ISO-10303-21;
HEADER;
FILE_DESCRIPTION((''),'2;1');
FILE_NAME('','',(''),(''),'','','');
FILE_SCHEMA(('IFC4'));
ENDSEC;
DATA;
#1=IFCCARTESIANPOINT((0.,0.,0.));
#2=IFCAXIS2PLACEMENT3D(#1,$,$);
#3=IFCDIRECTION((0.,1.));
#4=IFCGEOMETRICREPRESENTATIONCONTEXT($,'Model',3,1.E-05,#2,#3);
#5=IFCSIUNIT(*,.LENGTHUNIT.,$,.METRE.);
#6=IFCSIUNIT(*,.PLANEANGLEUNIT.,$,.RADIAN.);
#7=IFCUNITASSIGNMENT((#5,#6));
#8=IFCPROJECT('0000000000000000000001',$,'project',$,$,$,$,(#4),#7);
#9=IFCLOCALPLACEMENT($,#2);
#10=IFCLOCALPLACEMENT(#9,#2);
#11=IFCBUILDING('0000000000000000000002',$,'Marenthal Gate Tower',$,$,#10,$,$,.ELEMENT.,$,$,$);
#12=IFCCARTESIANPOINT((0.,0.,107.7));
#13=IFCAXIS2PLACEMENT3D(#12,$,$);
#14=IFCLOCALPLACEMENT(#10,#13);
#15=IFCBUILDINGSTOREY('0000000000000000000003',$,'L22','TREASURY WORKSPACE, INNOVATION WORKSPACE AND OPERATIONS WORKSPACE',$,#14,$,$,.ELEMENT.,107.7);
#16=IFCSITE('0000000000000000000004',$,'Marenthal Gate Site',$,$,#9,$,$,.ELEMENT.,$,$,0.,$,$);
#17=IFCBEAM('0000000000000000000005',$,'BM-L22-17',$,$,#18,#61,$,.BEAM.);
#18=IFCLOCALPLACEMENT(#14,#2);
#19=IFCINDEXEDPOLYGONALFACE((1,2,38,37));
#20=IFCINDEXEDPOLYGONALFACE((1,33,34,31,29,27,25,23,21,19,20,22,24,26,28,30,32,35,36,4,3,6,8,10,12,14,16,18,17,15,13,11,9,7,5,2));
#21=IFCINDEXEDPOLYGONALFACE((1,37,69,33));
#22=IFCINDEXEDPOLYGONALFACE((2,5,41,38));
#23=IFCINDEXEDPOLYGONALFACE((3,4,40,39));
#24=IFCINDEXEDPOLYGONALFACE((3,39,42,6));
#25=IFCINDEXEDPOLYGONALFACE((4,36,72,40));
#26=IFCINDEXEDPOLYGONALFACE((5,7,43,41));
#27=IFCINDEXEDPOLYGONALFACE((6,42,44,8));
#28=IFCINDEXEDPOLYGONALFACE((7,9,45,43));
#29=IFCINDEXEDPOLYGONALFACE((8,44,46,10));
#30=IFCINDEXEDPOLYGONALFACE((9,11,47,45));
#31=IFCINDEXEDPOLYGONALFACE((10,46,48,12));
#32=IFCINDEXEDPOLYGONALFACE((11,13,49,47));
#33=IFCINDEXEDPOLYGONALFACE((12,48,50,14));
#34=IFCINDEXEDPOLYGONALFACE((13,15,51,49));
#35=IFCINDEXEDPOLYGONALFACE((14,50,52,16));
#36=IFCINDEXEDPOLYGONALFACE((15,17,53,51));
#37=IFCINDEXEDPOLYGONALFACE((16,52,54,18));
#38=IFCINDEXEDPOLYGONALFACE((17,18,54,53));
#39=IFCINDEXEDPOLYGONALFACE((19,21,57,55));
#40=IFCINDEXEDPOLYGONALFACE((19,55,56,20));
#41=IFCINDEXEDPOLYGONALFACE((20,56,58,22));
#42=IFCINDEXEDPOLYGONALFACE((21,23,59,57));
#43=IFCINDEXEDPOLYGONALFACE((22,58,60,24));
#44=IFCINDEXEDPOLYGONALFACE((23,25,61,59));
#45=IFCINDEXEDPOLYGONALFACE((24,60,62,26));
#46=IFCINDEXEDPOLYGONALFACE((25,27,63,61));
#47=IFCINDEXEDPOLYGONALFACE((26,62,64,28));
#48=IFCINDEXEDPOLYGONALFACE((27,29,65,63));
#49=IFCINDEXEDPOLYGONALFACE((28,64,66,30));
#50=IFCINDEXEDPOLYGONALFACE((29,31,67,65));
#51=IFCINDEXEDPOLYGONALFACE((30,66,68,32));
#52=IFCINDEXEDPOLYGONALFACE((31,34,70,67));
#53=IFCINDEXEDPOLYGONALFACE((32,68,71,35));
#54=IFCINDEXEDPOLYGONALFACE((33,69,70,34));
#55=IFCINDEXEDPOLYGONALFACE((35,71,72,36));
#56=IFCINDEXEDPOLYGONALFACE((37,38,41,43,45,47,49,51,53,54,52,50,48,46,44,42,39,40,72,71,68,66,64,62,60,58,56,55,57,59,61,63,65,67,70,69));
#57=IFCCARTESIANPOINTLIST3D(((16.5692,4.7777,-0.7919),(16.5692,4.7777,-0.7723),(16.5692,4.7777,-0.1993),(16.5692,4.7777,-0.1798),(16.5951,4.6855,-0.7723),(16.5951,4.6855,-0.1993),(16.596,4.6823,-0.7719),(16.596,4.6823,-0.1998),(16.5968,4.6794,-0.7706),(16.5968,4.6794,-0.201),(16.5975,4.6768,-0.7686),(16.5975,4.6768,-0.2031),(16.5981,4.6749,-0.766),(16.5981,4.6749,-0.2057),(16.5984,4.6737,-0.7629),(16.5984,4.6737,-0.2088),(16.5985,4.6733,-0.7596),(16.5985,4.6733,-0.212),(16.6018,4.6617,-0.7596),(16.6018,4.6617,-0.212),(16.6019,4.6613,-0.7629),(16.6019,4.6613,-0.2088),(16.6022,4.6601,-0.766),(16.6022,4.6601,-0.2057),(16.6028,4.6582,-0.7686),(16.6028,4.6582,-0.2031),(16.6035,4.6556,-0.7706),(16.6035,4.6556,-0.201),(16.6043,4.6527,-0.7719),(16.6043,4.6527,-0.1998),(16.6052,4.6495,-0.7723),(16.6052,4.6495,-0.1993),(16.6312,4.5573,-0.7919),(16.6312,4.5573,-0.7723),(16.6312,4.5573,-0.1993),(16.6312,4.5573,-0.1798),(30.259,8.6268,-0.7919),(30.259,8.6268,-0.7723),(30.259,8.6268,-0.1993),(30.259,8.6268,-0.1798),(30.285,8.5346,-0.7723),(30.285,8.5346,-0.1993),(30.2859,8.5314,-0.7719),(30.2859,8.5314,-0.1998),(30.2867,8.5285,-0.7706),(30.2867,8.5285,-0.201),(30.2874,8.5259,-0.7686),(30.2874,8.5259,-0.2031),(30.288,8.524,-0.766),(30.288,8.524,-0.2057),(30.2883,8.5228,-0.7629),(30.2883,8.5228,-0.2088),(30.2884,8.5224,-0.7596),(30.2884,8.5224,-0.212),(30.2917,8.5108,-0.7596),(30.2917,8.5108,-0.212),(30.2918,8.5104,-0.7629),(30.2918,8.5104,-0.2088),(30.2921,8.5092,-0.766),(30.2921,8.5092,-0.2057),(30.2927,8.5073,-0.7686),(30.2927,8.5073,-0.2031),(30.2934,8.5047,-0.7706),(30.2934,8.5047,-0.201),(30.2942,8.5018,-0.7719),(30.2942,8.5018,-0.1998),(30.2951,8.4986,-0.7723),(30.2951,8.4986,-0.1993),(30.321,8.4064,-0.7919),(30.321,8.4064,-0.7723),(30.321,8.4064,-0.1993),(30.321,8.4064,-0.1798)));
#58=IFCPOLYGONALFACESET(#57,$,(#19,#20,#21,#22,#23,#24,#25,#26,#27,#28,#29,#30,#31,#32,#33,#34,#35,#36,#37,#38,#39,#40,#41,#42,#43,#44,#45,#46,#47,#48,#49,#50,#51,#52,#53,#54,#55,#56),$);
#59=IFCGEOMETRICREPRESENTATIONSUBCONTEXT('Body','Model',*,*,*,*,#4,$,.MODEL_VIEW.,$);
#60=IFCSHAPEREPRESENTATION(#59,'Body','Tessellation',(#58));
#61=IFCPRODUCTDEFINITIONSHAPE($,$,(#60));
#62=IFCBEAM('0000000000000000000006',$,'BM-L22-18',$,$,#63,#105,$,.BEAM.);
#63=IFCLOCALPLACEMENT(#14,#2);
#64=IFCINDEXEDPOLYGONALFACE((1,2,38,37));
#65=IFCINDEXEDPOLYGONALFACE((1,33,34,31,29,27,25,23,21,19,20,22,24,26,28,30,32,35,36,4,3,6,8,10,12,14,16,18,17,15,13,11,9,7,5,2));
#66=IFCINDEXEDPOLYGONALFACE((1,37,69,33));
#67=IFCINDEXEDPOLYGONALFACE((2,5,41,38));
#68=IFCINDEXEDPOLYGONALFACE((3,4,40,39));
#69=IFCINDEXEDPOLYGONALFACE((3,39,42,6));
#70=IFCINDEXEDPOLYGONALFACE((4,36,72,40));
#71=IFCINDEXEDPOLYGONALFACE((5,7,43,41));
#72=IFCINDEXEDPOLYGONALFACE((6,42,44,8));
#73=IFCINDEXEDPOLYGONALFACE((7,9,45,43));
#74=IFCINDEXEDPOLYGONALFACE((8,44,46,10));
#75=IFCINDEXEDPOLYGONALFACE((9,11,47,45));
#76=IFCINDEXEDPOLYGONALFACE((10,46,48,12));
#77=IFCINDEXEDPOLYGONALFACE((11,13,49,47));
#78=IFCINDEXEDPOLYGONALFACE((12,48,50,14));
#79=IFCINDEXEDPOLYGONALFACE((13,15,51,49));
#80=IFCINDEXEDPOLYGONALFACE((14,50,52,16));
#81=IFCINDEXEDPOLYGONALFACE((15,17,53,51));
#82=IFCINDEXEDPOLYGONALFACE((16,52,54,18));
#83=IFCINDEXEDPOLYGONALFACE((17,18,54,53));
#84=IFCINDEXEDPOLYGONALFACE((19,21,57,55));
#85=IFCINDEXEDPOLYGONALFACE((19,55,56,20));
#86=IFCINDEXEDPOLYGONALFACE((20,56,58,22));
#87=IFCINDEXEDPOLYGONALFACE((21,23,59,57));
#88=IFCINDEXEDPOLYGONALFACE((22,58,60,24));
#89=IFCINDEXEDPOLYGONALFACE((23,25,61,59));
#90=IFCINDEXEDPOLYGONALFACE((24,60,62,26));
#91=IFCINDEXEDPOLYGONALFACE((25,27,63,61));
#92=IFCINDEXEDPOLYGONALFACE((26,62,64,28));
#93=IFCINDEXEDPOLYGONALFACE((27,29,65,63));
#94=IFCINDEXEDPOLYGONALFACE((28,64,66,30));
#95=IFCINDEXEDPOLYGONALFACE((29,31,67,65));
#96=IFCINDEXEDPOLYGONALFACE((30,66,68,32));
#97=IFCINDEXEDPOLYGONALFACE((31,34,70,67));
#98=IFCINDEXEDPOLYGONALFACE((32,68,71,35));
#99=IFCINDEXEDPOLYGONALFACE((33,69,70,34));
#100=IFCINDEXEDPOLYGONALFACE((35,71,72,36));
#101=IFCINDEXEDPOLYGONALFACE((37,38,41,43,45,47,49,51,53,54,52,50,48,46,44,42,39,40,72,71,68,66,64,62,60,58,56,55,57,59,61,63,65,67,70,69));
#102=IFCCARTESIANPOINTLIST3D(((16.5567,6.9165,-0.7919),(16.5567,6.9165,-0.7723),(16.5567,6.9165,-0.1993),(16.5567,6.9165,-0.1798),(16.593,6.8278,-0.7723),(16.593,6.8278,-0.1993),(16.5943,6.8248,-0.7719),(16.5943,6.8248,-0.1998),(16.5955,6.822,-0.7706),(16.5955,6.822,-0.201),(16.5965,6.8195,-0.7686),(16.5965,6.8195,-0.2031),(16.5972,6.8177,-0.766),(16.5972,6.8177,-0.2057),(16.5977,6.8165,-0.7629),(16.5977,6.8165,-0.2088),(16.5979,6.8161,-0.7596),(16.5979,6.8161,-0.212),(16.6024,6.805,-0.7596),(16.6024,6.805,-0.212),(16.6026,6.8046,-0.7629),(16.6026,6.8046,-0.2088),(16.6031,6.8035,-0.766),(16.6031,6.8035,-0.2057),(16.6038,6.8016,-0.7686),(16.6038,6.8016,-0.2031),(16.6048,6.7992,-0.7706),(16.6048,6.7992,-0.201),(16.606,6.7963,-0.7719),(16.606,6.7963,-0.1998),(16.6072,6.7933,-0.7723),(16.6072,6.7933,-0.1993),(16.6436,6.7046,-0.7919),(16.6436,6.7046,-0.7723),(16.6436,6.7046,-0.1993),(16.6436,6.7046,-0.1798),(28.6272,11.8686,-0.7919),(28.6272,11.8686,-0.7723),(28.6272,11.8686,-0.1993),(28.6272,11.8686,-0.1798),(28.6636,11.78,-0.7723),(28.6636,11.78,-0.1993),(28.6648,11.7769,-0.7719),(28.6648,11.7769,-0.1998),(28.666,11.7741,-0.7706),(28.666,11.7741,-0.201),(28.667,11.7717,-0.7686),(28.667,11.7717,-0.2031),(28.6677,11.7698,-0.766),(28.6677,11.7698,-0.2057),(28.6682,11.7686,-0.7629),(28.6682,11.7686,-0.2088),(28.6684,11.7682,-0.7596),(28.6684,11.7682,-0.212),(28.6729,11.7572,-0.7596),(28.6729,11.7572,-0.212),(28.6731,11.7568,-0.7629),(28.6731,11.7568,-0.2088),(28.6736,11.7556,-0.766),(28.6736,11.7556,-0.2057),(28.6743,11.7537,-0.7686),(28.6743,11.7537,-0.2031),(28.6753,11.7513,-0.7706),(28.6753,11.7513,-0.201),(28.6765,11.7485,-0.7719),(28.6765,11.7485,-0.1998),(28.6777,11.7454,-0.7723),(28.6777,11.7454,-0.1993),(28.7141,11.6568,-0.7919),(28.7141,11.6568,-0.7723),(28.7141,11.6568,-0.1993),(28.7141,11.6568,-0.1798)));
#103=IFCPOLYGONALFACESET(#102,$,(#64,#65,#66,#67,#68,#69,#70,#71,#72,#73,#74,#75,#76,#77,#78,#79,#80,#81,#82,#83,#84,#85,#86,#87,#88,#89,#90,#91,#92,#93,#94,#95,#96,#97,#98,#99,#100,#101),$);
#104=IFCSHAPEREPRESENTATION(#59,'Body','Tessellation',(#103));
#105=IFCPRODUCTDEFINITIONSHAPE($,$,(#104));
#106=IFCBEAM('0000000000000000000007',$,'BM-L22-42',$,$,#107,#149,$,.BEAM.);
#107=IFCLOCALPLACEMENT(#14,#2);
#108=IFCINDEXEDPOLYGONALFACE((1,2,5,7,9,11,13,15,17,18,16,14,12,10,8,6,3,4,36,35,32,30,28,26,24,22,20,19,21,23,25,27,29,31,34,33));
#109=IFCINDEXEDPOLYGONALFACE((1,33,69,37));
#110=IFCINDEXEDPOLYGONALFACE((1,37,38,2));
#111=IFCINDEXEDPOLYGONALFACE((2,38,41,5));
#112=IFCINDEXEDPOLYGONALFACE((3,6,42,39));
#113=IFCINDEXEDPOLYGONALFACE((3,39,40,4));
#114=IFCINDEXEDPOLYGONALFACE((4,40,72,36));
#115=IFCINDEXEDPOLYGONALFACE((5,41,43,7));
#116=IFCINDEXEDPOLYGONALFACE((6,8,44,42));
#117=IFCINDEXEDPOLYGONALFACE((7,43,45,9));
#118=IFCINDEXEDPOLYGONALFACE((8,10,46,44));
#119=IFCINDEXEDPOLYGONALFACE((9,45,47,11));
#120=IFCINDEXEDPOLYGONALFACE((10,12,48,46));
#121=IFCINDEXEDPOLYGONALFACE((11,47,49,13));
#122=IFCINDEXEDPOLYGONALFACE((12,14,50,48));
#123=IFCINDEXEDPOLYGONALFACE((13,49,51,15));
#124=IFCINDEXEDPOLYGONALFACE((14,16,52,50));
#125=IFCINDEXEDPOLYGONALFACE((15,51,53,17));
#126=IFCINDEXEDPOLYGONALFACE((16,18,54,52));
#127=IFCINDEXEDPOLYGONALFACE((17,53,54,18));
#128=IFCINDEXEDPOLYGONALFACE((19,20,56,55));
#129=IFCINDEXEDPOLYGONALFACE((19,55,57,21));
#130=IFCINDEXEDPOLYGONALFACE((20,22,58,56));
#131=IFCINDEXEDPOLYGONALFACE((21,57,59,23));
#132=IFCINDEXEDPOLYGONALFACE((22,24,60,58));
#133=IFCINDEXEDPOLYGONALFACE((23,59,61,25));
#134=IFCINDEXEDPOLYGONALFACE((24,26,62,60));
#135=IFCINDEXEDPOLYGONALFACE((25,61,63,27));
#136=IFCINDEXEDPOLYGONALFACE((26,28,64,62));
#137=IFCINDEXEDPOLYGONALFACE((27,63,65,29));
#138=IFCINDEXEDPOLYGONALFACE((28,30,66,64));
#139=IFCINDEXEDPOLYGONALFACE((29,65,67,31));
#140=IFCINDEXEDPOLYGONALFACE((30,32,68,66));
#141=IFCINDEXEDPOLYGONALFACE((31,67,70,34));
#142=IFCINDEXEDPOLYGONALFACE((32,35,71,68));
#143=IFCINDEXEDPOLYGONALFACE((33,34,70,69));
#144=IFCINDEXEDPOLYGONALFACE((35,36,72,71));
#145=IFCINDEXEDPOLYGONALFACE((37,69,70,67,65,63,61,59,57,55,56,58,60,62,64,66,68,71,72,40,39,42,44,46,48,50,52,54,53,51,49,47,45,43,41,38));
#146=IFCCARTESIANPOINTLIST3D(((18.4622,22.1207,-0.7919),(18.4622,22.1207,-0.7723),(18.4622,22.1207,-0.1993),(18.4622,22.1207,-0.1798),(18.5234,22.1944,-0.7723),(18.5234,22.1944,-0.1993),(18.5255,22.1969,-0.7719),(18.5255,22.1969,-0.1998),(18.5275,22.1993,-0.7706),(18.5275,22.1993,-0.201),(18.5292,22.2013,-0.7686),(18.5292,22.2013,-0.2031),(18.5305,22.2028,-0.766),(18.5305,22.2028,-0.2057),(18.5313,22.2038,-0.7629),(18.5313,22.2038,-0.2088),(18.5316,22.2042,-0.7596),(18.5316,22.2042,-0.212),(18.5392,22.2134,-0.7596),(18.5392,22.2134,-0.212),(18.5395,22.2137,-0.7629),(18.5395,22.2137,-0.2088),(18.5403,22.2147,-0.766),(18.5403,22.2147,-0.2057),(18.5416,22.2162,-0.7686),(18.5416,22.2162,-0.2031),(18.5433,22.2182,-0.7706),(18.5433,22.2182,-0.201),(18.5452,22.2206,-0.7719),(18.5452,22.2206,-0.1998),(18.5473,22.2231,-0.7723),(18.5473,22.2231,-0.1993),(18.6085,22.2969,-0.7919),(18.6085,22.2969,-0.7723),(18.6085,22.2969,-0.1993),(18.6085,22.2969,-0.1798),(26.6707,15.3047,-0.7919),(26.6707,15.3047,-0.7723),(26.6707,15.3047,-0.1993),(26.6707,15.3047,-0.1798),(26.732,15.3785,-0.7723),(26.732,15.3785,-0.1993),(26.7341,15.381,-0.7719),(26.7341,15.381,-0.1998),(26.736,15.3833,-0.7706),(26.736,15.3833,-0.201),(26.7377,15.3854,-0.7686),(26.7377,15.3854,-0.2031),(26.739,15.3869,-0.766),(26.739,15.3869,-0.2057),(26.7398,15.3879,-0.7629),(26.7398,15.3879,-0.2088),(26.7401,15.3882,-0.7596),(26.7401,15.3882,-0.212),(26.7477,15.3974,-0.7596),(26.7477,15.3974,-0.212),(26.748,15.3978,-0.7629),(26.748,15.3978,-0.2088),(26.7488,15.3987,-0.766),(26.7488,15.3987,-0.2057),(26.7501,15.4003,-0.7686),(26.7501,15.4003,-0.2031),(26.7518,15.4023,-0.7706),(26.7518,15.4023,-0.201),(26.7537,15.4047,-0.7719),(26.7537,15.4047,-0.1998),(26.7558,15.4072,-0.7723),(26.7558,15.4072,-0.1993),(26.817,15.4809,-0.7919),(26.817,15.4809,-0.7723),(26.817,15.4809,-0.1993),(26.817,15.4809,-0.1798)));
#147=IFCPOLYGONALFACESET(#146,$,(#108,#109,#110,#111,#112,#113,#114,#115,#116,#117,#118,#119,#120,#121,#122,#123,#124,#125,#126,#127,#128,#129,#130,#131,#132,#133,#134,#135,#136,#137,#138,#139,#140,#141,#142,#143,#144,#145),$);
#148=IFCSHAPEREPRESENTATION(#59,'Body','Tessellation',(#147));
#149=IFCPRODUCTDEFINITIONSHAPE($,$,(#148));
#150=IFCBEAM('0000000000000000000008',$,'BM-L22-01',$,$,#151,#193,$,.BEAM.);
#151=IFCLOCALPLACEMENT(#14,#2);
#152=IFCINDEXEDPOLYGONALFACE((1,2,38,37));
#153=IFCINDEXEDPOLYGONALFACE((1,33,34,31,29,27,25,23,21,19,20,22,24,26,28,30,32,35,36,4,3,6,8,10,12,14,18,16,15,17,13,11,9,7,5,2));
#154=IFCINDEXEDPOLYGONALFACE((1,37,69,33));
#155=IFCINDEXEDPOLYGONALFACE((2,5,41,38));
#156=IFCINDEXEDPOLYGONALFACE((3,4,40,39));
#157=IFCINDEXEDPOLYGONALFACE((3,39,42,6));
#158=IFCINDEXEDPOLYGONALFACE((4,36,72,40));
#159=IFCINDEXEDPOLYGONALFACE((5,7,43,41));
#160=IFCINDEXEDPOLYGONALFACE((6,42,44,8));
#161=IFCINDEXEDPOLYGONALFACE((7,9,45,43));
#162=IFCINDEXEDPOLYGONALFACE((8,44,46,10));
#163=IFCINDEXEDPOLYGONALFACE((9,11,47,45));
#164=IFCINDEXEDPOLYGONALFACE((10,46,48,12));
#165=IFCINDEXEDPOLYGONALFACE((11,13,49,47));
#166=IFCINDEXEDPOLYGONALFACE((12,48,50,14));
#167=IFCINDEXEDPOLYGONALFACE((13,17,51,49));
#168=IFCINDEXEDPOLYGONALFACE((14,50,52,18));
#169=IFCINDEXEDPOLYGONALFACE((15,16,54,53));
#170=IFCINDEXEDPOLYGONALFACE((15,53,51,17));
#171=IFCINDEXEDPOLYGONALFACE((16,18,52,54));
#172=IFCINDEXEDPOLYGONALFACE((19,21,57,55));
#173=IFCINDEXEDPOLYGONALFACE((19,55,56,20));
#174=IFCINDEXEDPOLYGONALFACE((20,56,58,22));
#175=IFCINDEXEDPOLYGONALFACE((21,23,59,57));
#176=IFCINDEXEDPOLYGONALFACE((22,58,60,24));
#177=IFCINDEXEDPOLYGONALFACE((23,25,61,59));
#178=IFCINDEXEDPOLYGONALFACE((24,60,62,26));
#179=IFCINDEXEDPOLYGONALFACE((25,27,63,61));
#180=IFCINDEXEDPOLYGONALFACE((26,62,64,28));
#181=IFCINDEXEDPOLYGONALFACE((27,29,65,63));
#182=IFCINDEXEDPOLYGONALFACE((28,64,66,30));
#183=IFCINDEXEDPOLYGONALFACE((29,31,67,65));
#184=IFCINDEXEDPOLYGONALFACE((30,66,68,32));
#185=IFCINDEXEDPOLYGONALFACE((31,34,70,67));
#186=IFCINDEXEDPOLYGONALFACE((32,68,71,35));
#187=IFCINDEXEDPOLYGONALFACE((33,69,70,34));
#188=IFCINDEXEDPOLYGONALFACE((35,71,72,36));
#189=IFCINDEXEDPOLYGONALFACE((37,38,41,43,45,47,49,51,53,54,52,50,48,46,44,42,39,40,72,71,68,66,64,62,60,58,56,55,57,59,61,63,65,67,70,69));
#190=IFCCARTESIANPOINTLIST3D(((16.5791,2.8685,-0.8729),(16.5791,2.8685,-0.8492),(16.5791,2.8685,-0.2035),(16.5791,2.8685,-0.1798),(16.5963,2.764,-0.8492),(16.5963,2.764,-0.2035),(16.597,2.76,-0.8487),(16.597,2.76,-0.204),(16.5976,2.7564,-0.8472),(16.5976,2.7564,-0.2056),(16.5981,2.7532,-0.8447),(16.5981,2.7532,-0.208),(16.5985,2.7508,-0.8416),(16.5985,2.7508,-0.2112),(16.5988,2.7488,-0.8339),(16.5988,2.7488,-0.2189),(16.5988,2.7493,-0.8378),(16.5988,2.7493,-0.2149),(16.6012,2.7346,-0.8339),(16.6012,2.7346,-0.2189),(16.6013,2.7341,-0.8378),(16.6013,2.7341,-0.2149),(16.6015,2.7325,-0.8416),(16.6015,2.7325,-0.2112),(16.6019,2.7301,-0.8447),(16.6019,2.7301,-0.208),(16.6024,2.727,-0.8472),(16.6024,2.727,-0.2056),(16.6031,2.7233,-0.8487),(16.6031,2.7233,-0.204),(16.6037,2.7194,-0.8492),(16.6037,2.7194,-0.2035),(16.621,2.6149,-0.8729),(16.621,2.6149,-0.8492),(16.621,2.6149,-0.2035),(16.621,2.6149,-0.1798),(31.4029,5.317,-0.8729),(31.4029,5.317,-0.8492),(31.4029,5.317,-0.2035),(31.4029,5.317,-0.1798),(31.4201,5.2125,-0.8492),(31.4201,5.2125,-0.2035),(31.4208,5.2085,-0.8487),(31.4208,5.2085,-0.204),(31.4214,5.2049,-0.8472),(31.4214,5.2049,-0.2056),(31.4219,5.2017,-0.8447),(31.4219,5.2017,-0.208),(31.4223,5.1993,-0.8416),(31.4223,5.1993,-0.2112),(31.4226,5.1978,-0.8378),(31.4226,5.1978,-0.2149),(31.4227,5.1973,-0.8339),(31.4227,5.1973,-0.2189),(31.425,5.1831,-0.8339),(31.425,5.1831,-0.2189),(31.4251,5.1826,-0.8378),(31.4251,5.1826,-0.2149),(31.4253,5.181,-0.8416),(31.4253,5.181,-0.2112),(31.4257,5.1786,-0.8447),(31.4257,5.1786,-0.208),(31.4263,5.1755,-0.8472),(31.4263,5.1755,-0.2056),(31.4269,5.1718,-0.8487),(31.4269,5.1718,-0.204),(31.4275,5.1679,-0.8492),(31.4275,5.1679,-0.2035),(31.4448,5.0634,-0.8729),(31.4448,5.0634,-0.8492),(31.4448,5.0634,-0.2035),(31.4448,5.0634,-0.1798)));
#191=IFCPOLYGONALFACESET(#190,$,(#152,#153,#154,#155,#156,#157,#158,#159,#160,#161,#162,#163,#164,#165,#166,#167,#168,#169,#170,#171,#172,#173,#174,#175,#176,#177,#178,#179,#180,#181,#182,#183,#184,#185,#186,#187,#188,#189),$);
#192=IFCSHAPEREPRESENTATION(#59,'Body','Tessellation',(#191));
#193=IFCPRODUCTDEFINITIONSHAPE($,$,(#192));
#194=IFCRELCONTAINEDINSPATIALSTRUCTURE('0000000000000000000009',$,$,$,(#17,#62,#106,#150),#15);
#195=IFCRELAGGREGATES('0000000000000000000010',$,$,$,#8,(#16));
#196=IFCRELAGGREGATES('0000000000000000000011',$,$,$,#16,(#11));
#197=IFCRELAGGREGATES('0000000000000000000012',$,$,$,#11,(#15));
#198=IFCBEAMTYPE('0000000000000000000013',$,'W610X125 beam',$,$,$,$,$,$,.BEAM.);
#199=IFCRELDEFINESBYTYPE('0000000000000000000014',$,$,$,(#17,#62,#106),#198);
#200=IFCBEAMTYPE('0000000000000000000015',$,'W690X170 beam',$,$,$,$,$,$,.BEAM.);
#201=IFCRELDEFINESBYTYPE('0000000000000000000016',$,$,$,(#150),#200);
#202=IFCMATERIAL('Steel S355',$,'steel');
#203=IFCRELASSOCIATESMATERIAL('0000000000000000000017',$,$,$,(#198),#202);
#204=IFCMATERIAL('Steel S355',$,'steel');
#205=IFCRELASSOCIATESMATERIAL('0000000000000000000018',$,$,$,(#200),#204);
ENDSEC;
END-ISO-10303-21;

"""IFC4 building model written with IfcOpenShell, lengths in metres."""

from ifc_helpers import new_model, si_unit, direction, frame, origin, origin_2d, place, context, subcontext, project, spatial, i_section, extrude, material, material_profile, profile_set, type_object, element, save


model = new_model("IFC4")

# Units and contexts
model_context = context("Model", 3, precision=1e-05, world=origin(), true_north=direction((0.0, 1.0)))
body_context = subcontext(model_context, "Body", "Model", "MODEL_VIEW")
ifc_project = project(units=[si_unit("LENGTHUNIT", "METRE"), si_unit("PLANEANGLEUNIT", "RADIAN")], contexts=[model_context])

# Site, building, storey
site_placement = place(None, origin())
site = spatial("IfcSite", under=ifc_project, at=site_placement, Name="Marenthal Gate Site", CompositionType="ELEMENT", RefElevation=0.0)
building_placement = place(site_placement, origin())
building = spatial("IfcBuilding", under=site, at=building_placement, Name="Marenthal Gate Tower", CompositionType="ELEMENT")
storey_placement = place(building_placement, frame((0.0, 0.0, 107.7)))
storey = spatial("IfcBuildingStorey", under=building, at=storey_placement, Name="L22", Description="TREASURY WORKSPACE, INNOVATION WORKSPACE AND OPERATIONS WORKSPACE", CompositionType="ELEMENT", Elevation=107.7)

# Beams
ifc_material_1 = material(Name="Steel S355", Category="steel")
ifc_material_profile_1 = material_profile(ifc_material_1, i_section(OverallWidth=0.229, OverallDepth=0.6121, WebThickness=0.012, FlangeThickness=0.0195, FilletRadius=0.0127, at=origin_2d()), Name="W610X125")
ifc_profile_set_1 = profile_set([ifc_material_profile_1], Name="Steel S355")
beam_type_1 = type_object("IfcBeamType", Name="W610X125 beam", PredefinedType="BEAM", material=ifc_profile_set_1)
beam_1_placement = place(storey_placement, frame((30.29, 8.5166, -0.4858), z_axis=(-0.962672, -0.270669, 0.0), x_axis=(0.270669, -0.962672, 0.0)))
element("IfcBeam", 1, at=beam_1_placement, inside=storey, type_object=beam_type_1, Name="BM-L22-17", PredefinedType="BEAM", context=body_context, shape_type="SweptSolid", body=[
    extrude(i_section(OverallWidth=0.229, OverallDepth=0.6121, WebThickness=0.012, FlangeThickness=0.0195, FilletRadius=0.0127, at=origin_2d()), origin(), (0.0, 0.0, 1.0), 14.2207),
])
beam_2_placement = place(storey_placement, frame((28.6707, 11.7627, -0.4858), z_axis=(-0.925165, -0.379565, 0.0), x_axis=(0.379565, -0.925165, 0.0)))
element("IfcBeam", 2, at=beam_2_placement, inside=storey, type_object=beam_type_1, Name="BM-L22-18", PredefinedType="BEAM", context=body_context, shape_type="SweptSolid", body=[
    extrude(i_section(OverallWidth=0.229, OverallDepth=0.6121, WebThickness=0.012, FlangeThickness=0.0195, FilletRadius=0.0127, at=origin_2d()), origin(), (0.0, 0.0, 1.0), 13.0469),
])
beam_3_placement = place(storey_placement, frame((26.7439, 15.3928, -0.4858), z_axis=(-0.769349, 0.638828, 0.0), x_axis=(-0.638828, -0.769349, 0.0)))
element("IfcBeam", 3, at=beam_3_placement, inside=storey, type_object=beam_type_1, Name="BM-L22-42", PredefinedType="BEAM", context=body_context, shape_type="SweptSolid", body=[
    extrude(i_section(OverallWidth=0.229, OverallDepth=0.6121, WebThickness=0.012, FlangeThickness=0.0195, FilletRadius=0.0127, at=origin_2d()), origin(), (0.0, 0.0, 1.0), 10.6694),
])
ifc_material_2 = material(Name="Steel S355", Category="steel")
ifc_material_profile_2 = material_profile(ifc_material_2, i_section(OverallWidth=0.2571, OverallDepth=0.6931, WebThickness=0.0144, FlangeThickness=0.0237, FilletRadius=0.0154, at=origin_2d()), Name="W690X170")
ifc_profile_set_2 = profile_set([ifc_material_profile_2], Name="Steel S355")
beam_type_2 = type_object("IfcBeamType", Name="W690X170 beam", PredefinedType="BEAM", material=ifc_profile_set_2)
beam_4_placement = place(storey_placement, frame((31.4238, 5.1902, -0.5264), z_axis=(-0.986632, -0.162965, 0.0), x_axis=(0.162965, -0.986632, 0.0)))
element("IfcBeam", 4, at=beam_4_placement, inside=storey, type_object=beam_type_2, Name="BM-L22-01", PredefinedType="BEAM", context=body_context, shape_type="SweptSolid", body=[
    extrude(i_section(OverallWidth=0.2571, OverallDepth=0.6931, WebThickness=0.0144, FlangeThickness=0.0237, FilletRadius=0.0154, at=origin_2d()), origin(), (0.0, 0.0, 1.0), 15.0247),
])

save(model, "model.ifc")
